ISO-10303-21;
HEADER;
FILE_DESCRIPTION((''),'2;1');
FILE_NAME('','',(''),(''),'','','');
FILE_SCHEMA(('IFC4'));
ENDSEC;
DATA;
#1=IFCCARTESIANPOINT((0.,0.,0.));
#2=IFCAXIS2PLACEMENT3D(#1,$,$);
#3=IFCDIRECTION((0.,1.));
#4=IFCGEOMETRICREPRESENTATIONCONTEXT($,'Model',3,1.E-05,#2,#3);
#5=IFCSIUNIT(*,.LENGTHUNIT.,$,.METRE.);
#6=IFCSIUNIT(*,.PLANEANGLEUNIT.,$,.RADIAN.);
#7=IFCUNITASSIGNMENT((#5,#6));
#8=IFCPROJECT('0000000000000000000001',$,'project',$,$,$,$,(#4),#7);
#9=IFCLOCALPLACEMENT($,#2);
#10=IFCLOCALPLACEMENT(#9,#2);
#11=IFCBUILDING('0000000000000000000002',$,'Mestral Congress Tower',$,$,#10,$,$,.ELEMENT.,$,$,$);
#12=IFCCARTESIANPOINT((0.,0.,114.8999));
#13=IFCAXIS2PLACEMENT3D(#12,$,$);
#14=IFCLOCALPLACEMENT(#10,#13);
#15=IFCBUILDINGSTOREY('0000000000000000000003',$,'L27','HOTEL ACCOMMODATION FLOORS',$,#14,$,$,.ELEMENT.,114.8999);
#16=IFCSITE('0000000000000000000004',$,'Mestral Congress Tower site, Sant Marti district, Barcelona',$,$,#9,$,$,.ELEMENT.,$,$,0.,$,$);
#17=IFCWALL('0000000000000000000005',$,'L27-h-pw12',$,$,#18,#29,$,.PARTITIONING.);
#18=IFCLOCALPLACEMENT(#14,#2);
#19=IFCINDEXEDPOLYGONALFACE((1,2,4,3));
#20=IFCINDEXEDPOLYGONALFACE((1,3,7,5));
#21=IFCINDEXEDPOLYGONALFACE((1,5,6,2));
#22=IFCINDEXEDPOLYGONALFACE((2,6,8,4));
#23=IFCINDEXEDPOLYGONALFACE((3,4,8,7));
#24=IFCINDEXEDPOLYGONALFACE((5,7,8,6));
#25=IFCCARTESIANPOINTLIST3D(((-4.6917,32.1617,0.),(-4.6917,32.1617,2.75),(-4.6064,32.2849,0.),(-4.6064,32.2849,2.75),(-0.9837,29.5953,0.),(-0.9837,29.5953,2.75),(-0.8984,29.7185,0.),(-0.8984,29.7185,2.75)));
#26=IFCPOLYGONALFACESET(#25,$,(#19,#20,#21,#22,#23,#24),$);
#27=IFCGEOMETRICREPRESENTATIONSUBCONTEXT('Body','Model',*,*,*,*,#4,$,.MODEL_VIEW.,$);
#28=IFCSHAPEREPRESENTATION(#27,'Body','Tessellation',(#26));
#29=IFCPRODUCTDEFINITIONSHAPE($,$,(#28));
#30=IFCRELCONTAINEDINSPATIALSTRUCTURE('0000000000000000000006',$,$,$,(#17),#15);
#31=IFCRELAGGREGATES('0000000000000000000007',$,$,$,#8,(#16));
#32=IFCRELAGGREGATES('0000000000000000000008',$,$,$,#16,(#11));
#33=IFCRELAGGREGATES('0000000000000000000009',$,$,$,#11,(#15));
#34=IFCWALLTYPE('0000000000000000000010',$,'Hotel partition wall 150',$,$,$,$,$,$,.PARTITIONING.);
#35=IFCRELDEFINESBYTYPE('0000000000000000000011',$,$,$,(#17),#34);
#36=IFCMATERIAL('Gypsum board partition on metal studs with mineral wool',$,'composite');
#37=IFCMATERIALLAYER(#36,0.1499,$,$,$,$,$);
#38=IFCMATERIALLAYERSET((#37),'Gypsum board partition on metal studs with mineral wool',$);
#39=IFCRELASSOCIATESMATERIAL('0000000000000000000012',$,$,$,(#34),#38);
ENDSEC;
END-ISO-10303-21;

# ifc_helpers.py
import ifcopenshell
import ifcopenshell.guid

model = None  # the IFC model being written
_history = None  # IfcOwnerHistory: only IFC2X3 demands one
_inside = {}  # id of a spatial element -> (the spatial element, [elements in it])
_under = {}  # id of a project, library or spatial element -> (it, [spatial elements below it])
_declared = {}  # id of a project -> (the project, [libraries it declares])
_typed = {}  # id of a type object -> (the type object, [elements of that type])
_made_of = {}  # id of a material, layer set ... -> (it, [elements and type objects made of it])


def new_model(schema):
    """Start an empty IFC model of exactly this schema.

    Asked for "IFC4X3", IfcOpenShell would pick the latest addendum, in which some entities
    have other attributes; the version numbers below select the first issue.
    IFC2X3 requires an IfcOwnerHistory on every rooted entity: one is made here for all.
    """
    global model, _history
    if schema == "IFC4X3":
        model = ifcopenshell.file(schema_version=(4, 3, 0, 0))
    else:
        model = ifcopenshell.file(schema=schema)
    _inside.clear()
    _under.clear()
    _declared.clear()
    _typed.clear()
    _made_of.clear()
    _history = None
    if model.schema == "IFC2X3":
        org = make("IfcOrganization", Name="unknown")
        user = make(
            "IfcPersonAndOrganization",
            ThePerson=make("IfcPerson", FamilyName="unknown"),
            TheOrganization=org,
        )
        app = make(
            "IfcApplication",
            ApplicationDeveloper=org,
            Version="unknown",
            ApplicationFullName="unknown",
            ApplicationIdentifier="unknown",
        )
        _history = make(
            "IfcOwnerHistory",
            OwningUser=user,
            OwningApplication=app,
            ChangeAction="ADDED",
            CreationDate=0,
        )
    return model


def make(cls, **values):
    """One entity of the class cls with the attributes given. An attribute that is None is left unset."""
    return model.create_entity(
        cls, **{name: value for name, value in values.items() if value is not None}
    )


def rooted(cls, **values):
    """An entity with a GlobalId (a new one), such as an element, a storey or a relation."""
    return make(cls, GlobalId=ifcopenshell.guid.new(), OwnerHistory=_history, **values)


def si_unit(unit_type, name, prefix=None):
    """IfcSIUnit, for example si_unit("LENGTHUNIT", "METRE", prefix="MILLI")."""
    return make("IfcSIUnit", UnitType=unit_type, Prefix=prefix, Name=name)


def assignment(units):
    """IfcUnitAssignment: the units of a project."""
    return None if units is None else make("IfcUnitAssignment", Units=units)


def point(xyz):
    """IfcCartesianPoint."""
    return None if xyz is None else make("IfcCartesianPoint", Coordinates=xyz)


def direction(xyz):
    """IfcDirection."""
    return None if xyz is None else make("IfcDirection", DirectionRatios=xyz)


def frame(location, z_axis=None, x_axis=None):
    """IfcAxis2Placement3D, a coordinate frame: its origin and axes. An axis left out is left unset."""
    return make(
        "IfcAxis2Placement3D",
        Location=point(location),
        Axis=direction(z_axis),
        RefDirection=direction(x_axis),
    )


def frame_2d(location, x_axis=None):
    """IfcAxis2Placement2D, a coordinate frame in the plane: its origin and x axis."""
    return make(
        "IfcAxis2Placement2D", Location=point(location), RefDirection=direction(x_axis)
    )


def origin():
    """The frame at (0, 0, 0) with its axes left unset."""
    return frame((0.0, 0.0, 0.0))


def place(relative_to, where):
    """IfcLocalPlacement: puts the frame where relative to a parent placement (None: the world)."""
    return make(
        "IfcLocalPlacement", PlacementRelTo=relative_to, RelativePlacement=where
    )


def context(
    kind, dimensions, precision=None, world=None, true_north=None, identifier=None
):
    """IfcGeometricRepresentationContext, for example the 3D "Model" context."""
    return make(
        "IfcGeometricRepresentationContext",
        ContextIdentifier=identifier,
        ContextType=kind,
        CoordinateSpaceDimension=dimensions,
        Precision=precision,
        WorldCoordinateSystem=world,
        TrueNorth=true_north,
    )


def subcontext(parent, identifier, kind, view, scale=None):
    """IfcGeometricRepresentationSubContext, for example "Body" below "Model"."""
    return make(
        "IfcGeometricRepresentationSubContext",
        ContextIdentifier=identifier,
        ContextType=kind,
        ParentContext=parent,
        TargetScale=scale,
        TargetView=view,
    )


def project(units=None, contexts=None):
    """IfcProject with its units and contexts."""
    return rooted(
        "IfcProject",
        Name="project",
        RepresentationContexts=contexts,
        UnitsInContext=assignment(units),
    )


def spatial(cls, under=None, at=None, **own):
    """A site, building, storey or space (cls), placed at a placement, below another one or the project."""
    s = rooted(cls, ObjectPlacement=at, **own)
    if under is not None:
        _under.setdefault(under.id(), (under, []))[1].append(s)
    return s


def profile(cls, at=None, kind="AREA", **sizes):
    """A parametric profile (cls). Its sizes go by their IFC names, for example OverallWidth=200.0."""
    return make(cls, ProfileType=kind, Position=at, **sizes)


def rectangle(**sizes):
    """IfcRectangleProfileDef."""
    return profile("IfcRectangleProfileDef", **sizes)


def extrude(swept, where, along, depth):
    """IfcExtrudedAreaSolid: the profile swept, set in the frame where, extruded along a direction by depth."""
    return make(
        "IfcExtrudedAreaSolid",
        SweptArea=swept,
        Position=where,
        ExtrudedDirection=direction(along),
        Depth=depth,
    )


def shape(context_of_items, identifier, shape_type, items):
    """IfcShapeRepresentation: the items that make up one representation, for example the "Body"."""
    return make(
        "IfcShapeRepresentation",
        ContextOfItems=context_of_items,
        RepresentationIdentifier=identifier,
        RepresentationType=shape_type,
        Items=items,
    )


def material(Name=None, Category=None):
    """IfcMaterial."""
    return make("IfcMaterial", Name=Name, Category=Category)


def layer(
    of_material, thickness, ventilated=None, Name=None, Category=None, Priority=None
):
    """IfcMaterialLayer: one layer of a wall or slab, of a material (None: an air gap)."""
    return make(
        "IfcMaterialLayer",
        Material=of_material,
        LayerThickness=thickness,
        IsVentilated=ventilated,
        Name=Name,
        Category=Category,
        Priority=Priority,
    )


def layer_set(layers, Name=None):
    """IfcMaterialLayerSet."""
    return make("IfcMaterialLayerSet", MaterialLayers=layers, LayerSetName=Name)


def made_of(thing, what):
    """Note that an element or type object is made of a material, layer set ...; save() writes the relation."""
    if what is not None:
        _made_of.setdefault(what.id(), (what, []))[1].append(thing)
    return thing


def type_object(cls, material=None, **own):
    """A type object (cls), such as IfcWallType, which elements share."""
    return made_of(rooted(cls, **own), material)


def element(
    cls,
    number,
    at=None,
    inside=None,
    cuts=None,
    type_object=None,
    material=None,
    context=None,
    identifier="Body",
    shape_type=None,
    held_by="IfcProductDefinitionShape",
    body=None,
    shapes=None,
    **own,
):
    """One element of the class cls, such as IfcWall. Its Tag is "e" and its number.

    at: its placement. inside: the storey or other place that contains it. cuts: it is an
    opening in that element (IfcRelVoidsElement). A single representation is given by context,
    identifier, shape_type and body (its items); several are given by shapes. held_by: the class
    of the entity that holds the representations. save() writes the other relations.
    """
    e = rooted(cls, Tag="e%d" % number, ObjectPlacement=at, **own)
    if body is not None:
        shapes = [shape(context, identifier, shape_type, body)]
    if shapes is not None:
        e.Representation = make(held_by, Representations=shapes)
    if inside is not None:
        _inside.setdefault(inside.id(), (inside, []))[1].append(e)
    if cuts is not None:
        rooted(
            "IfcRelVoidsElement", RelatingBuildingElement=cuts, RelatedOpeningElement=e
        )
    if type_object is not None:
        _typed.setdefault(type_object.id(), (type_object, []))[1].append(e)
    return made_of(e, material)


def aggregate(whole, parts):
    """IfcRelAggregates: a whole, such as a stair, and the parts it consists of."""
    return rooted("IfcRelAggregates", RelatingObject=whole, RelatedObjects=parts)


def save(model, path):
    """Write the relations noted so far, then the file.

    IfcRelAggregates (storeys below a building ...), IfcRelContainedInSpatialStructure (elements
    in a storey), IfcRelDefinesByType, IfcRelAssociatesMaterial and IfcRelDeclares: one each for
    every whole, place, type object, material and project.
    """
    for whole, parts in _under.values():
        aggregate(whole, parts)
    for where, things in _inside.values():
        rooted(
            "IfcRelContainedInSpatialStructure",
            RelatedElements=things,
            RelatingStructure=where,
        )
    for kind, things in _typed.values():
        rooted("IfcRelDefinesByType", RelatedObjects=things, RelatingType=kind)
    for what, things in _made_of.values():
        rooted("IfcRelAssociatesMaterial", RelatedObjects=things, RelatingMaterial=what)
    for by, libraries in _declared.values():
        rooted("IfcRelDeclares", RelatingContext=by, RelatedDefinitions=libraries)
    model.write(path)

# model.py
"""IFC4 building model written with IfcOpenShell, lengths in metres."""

from ifc_helpers import new_model, si_unit, direction, frame, frame_2d, origin, place, context, subcontext, project, spatial, rectangle, extrude, material, layer, layer_set, type_object, element, save


model = new_model("IFC4")

# Units and contexts
model_context = context("Model", 3, precision=1e-05, world=origin(), true_north=direction((0.0, 1.0)))
body_context = subcontext(model_context, "Body", "Model", "MODEL_VIEW")
ifc_project = project(units=[si_unit("LENGTHUNIT", "METRE"), si_unit("PLANEANGLEUNIT", "RADIAN")], contexts=[model_context])

# Site, building, storey
site_placement = place(None, origin())
site = spatial("IfcSite", under=ifc_project, at=site_placement, Name="Mestral Congress Tower site, Sant Marti district, Barcelona", CompositionType="ELEMENT", RefElevation=0.0)
building_placement = place(site_placement, origin())
building = spatial("IfcBuilding", under=site, at=building_placement, Name="Mestral Congress Tower", CompositionType="ELEMENT")
storey_placement = place(building_placement, frame((0.0, 0.0, 114.8999)))
storey = spatial("IfcBuildingStorey", under=building, at=storey_placement, Name="L27", Description="HOTEL ACCOMMODATION FLOORS", CompositionType="ELEMENT", Elevation=114.8999)

# Shared definitions
ifc_material_1 = material(Name="Gypsum board partition on metal studs with mineral wool", Category="composite")

# Wall
ifc_layer_1 = layer(ifc_material_1, 0.1499)
ifc_layer_set_1 = layer_set([ifc_layer_1], Name="Gypsum board partition on metal studs with mineral wool")
wall_type_1 = type_object("IfcWallType", Name="Hotel partition wall 150", PredefinedType="PARTITIONING", material=ifc_layer_set_1)
wall_1_placement = place(storey_placement, frame((-4.6492, 32.2234, 0.0), z_axis=(0.0, 0.0, 1.0), x_axis=(0.822262, -0.569109, 0.0)))
element("IfcWall", 1, at=wall_1_placement, inside=storey, type_object=wall_type_1, Name="L27-h-pw12", PredefinedType="PARTITIONING", context=body_context, shape_type="SweptSolid", body=[
    extrude(rectangle(XDim=4.5095, YDim=0.1499, at=frame_2d((2.2549, 0.0))), origin(), (0.0, 0.0, 1.0), 2.75),
])

save(model, "model.ifc")
